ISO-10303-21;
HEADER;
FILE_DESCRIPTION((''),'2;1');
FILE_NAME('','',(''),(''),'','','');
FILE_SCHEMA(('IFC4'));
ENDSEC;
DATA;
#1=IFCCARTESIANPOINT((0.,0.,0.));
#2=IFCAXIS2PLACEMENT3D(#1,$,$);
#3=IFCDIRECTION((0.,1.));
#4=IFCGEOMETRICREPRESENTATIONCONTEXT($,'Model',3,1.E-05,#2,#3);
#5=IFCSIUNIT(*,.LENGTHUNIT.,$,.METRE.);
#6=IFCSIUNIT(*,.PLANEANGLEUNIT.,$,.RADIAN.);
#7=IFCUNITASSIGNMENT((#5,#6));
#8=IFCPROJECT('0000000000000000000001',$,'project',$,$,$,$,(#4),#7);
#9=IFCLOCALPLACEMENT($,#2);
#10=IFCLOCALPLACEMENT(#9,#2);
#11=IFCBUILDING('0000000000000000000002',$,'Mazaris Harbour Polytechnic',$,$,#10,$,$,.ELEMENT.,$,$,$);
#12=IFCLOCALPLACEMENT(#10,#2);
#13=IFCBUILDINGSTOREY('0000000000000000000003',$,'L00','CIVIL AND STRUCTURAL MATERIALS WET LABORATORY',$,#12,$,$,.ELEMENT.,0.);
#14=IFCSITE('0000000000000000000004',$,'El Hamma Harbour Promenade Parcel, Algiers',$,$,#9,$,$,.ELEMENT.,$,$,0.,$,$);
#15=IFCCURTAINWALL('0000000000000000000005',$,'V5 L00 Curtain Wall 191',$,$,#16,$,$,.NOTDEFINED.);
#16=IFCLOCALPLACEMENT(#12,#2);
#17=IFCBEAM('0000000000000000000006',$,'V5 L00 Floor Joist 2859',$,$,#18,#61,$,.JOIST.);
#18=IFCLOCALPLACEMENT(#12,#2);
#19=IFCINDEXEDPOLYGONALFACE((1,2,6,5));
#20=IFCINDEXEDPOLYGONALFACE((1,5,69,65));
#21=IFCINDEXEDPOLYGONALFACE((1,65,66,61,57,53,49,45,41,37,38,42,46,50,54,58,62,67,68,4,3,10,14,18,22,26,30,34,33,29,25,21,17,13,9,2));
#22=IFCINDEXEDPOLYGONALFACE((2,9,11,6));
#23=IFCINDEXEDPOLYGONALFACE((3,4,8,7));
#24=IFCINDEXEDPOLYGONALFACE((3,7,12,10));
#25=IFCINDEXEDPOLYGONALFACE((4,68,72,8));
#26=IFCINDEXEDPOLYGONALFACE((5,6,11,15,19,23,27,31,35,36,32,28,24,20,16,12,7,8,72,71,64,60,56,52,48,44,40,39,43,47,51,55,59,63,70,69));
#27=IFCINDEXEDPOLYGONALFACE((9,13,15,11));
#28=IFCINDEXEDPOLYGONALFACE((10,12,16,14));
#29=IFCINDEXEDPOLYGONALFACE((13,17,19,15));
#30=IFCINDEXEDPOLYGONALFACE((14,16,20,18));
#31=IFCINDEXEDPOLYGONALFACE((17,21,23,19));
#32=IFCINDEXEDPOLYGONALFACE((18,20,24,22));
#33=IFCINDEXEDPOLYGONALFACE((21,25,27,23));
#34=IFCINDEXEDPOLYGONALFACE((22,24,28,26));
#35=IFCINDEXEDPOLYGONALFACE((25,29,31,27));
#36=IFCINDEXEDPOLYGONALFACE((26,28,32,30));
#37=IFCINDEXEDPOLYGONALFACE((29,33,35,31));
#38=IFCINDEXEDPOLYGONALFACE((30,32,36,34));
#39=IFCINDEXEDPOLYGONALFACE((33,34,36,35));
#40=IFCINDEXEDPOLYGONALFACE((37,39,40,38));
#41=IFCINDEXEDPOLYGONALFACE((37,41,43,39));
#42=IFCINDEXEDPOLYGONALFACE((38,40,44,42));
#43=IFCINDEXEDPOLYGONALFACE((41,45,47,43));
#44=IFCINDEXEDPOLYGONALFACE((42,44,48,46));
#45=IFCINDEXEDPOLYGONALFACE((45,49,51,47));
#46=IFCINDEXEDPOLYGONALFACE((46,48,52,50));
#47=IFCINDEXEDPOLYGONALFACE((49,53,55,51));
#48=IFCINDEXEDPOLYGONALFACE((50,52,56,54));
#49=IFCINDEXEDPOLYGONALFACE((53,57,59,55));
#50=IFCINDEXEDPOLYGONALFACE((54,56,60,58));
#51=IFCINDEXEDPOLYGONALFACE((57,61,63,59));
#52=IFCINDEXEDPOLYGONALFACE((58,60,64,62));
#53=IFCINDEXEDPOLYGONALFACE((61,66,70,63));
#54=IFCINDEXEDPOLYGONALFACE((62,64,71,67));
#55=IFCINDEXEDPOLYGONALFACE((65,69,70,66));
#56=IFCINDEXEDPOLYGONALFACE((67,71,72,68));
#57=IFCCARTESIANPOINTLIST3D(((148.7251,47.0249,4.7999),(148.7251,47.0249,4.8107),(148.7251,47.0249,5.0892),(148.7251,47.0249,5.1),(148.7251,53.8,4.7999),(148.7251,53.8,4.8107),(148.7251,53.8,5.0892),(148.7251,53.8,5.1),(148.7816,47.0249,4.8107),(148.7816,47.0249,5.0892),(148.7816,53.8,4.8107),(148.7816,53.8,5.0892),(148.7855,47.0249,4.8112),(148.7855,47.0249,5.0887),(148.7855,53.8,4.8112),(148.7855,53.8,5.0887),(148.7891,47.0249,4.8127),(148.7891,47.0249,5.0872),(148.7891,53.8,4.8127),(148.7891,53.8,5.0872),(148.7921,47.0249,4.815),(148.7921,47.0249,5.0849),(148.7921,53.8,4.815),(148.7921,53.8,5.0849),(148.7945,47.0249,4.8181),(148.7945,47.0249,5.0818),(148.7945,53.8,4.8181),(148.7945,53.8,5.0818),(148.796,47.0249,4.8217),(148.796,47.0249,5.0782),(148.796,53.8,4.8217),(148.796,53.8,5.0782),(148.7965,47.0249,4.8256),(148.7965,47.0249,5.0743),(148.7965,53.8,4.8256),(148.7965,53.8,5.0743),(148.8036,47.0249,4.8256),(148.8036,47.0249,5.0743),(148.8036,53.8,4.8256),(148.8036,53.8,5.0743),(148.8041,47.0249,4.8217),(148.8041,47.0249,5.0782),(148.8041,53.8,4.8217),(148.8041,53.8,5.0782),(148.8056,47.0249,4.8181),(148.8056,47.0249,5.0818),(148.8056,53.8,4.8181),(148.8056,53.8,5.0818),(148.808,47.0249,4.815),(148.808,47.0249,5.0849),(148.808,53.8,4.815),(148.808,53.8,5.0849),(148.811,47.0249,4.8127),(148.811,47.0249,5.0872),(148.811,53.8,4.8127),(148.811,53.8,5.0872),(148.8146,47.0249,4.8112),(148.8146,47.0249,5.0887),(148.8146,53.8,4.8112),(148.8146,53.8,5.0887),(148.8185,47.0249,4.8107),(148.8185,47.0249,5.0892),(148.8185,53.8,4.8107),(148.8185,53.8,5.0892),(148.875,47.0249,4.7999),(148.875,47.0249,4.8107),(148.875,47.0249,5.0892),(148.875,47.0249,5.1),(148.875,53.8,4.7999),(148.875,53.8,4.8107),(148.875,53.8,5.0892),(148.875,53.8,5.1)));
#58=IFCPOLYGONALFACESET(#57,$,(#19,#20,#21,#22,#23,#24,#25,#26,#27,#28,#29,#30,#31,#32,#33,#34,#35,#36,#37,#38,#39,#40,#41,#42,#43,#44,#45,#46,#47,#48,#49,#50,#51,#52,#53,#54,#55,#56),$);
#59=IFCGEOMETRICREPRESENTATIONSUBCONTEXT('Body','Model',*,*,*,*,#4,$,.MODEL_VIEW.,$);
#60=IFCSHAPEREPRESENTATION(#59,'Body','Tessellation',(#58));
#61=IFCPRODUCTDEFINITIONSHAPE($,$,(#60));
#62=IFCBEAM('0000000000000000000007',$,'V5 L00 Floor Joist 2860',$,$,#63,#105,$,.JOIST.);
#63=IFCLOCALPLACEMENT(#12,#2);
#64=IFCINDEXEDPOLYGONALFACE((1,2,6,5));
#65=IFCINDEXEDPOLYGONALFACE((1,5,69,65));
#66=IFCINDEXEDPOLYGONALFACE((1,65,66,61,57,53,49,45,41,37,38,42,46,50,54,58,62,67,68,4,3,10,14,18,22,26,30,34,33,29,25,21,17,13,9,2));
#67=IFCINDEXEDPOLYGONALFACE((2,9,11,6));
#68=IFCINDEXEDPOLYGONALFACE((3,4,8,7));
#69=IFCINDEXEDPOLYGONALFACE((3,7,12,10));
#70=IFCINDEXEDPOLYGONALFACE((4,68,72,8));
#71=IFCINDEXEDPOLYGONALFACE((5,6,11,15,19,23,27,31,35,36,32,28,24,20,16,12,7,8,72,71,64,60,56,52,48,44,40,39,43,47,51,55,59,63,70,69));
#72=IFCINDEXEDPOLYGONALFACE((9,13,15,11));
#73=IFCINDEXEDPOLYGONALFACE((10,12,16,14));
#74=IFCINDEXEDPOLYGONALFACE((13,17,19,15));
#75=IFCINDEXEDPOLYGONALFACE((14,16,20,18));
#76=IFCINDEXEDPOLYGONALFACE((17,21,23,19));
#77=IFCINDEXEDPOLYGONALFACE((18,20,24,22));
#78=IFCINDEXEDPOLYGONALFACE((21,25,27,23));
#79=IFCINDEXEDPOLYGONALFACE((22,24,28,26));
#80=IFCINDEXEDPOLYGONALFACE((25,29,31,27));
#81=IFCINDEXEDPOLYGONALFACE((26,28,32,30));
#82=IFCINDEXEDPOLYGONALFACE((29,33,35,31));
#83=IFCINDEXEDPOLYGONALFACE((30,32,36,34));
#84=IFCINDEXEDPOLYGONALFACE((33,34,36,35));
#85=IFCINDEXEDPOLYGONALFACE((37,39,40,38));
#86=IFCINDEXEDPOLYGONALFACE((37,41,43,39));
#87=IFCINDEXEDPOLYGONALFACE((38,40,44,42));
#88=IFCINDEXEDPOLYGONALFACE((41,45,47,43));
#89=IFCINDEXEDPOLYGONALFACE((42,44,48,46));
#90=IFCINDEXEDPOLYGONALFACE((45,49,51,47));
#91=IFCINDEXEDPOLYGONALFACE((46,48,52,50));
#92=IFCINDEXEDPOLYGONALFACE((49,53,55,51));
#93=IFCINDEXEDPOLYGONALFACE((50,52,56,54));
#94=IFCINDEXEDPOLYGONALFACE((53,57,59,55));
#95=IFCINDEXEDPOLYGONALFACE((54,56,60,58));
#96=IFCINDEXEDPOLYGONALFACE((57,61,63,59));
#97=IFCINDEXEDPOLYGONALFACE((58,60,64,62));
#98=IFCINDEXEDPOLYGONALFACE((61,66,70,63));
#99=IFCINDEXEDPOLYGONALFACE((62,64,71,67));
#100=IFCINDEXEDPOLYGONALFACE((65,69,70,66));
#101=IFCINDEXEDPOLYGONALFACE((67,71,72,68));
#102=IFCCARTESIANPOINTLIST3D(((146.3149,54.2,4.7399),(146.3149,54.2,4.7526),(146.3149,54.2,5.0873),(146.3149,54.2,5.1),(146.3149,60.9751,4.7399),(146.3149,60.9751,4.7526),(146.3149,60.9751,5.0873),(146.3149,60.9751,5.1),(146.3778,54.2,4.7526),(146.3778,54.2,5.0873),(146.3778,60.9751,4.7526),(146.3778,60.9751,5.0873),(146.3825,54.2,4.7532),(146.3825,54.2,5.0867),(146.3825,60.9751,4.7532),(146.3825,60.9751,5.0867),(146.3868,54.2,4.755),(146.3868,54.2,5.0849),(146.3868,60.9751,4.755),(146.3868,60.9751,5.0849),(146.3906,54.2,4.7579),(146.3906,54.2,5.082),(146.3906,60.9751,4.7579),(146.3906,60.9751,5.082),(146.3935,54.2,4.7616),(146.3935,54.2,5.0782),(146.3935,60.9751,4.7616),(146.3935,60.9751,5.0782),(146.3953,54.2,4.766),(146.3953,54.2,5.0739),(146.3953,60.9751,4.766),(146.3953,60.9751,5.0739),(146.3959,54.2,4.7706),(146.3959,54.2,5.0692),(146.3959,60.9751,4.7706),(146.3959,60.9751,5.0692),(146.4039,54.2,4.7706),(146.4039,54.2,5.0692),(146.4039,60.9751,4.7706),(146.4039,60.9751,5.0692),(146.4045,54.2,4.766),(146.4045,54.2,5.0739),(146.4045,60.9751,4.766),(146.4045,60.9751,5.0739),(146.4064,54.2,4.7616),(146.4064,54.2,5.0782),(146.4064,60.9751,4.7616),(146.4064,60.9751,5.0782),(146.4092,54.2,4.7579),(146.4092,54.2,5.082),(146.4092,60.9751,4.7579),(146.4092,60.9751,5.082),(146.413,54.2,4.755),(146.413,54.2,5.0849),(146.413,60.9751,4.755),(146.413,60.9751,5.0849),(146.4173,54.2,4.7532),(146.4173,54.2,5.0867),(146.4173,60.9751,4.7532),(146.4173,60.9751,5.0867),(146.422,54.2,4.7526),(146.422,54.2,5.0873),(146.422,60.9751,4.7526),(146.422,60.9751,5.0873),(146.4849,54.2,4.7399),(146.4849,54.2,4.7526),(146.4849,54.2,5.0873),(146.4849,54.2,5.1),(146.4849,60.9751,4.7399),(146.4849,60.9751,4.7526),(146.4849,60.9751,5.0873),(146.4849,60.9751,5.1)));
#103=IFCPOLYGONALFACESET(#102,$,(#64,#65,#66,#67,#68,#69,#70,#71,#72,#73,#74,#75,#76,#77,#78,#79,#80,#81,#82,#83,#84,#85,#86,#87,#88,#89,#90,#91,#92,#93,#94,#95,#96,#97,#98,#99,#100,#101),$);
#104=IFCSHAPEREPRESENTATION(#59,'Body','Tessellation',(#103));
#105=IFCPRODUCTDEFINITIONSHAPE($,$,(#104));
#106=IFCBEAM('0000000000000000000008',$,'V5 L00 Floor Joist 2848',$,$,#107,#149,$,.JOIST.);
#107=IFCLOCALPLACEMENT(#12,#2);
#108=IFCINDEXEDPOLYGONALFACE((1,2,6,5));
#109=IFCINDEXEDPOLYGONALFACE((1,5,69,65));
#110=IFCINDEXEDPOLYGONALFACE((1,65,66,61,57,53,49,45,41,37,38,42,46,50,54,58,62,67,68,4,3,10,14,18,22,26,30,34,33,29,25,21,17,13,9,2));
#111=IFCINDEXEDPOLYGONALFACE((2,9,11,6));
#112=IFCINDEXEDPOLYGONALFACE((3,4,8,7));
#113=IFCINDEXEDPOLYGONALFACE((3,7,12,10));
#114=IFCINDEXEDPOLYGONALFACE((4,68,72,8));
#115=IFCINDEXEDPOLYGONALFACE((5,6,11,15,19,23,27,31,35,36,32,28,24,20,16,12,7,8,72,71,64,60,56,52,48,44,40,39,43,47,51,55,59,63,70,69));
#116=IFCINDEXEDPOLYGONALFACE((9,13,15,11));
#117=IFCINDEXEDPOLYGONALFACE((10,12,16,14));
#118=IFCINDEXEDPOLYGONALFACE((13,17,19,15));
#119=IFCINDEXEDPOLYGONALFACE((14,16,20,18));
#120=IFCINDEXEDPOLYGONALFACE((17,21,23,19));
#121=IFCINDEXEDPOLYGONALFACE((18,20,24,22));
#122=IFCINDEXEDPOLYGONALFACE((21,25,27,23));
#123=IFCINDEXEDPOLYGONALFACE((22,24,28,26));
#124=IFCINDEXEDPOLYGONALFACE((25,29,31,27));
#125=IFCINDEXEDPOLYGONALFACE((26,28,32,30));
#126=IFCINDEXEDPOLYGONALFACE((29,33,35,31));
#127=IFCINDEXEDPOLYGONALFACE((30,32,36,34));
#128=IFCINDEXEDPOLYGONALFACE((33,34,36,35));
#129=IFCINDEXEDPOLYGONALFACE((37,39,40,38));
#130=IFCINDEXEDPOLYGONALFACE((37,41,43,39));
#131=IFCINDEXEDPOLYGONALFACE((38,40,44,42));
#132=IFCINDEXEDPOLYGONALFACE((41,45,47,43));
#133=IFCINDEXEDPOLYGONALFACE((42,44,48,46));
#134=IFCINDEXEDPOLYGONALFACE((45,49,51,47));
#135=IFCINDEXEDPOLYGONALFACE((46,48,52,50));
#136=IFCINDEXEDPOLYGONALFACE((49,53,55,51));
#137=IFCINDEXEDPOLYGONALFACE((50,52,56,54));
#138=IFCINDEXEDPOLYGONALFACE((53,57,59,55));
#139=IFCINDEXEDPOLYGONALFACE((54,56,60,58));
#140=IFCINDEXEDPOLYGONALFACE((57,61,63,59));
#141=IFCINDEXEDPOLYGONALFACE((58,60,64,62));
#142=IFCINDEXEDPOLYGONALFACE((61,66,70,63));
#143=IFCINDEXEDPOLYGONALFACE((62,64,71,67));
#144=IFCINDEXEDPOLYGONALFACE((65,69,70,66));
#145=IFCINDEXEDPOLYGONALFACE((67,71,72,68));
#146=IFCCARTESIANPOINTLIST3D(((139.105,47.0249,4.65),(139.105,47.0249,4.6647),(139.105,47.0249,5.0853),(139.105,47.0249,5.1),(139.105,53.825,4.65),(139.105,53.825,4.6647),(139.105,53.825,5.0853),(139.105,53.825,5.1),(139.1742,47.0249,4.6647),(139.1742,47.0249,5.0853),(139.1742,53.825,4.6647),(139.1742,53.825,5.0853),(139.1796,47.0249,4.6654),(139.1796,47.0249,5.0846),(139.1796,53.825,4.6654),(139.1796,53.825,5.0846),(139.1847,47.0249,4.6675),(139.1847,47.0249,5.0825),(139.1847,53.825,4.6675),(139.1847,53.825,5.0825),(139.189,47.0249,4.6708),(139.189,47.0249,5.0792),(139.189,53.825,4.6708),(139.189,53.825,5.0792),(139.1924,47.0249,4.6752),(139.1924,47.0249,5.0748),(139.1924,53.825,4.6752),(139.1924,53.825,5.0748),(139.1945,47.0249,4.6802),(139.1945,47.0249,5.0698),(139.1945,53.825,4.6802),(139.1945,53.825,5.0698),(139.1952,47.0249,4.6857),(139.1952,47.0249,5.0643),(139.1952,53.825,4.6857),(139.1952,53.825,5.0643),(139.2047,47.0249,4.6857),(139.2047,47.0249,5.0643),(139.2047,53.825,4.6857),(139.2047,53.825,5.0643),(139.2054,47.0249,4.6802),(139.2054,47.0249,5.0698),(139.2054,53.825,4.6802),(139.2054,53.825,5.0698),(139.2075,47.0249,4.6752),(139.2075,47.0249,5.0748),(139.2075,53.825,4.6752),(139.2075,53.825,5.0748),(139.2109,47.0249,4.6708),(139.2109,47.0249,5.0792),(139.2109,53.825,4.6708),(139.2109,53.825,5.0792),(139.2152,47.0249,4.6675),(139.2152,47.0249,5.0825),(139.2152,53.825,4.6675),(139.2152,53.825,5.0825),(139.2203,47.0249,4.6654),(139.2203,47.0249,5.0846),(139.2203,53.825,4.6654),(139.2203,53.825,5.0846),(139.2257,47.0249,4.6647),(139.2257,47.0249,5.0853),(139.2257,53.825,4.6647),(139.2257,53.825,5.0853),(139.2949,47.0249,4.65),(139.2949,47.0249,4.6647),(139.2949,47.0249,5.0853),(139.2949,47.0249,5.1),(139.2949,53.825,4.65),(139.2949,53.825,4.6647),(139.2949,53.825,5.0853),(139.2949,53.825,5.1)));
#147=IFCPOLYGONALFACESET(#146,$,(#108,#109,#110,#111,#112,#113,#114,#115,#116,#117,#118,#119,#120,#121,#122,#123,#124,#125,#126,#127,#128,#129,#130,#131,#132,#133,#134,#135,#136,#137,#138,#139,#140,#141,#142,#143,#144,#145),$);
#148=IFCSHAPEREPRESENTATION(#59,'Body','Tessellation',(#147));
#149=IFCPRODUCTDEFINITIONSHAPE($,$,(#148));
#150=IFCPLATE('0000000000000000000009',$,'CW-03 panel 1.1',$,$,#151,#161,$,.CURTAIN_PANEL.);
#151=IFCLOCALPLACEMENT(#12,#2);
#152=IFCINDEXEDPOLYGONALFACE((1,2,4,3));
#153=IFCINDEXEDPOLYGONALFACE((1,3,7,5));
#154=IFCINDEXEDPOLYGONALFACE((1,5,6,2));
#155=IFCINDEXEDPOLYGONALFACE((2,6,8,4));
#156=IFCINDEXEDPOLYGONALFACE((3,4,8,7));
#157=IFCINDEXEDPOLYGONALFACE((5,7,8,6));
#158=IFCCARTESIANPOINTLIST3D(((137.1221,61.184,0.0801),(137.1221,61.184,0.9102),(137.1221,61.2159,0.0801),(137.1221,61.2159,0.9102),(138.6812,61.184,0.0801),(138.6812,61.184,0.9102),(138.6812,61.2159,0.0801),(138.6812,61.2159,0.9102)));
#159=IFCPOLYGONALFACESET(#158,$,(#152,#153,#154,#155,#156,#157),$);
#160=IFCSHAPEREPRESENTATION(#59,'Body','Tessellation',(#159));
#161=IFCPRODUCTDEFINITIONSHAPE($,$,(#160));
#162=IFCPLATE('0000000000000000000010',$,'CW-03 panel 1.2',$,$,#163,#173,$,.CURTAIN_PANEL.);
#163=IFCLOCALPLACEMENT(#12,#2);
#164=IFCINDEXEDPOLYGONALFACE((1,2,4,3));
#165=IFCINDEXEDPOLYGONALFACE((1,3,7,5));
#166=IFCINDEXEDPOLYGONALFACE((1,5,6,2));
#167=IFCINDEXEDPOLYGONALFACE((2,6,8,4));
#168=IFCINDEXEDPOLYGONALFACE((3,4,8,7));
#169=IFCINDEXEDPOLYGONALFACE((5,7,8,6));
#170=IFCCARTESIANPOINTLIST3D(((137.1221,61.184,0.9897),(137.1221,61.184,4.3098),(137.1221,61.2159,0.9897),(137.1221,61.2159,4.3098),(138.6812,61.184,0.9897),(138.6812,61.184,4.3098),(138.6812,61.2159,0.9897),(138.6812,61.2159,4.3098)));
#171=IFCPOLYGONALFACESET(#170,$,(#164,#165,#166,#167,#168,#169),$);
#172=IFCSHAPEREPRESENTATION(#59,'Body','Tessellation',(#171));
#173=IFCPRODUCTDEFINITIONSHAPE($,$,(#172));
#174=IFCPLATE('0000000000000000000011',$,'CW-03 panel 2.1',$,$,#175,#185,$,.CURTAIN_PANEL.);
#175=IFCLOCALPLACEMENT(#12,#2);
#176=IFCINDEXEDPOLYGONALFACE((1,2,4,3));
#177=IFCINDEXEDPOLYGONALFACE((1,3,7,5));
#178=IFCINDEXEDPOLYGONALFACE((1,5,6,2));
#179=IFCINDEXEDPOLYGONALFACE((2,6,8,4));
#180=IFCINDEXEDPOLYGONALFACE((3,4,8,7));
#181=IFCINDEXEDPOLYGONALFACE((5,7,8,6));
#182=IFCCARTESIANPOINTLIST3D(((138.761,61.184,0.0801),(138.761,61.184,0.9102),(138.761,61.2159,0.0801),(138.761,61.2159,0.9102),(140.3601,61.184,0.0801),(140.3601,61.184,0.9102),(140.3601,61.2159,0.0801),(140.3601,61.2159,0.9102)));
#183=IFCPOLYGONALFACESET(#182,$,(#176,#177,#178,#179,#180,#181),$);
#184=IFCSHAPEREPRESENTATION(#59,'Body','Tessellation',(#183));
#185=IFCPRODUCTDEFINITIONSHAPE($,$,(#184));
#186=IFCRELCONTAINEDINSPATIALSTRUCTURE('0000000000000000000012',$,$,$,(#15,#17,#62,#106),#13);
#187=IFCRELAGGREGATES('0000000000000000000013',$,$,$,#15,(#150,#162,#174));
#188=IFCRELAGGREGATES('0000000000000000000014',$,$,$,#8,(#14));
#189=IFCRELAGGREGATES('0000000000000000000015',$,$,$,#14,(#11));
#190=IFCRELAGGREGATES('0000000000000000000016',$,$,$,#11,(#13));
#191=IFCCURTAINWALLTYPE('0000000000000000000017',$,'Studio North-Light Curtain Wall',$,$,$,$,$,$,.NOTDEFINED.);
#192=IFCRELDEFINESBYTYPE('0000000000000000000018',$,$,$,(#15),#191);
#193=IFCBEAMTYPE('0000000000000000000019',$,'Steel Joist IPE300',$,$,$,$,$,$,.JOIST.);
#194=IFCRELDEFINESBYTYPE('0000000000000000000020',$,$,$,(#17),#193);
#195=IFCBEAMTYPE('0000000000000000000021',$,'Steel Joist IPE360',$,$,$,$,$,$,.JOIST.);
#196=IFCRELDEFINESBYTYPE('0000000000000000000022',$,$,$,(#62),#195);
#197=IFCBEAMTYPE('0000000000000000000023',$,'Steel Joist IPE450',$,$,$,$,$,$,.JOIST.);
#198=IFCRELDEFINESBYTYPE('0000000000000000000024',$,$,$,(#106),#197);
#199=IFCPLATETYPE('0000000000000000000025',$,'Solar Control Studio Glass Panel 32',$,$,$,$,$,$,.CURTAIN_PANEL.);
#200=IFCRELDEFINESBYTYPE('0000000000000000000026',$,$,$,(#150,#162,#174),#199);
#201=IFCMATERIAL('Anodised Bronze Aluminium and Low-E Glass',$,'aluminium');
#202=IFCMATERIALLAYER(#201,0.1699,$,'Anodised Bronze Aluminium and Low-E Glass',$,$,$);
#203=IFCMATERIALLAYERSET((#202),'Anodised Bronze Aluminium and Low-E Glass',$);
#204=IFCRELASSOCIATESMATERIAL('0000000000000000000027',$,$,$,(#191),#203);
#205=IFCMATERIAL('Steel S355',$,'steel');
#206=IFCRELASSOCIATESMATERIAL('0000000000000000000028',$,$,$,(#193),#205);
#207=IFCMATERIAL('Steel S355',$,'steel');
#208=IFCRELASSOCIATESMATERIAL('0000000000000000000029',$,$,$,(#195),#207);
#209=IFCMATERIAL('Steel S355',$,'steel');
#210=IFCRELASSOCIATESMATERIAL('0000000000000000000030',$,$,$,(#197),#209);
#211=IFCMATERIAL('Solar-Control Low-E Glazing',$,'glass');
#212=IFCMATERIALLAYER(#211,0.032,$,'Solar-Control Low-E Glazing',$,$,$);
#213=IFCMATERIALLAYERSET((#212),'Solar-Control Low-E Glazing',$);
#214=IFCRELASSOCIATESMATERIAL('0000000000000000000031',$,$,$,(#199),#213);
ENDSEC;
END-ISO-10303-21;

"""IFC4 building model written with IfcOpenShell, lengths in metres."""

from ifc_helpers import new_model, si_unit, direction, frame, origin, origin_2d, place, context, subcontext, project, spatial, rectangle, i_section, extrude, material, layer, layer_set, material_profile, profile_set, type_object, element, aggregate, save


model = new_model("IFC4")

# Units and contexts
model_context = context("Model", 3, precision=1e-05, world=origin(), true_north=direction((0.0, 1.0)))
body_context = subcontext(model_context, "Body", "Model", "MODEL_VIEW")
ifc_project = project(units=[si_unit("LENGTHUNIT", "METRE"), si_unit("PLANEANGLEUNIT", "RADIAN")], contexts=[model_context])

# Site, building, storey
site_placement = place(None, origin())
site = spatial("IfcSite", under=ifc_project, at=site_placement, Name="El Hamma Harbour Promenade Parcel, Algiers", CompositionType="ELEMENT", RefElevation=0.0)
building_placement = place(site_placement, origin())
building = spatial("IfcBuilding", under=site, at=building_placement, Name="Mazaris Harbour Polytechnic", CompositionType="ELEMENT")
storey_placement = place(building_placement, origin())
storey = spatial("IfcBuildingStorey", under=building, at=storey_placement, Name="L00", Description="CIVIL AND STRUCTURAL MATERIALS WET LABORATORY", CompositionType="ELEMENT", Elevation=0.0)

# Curtain wall
ifc_material_1 = material(Name="Anodised Bronze Aluminium and Low-E Glass", Category="aluminium")
ifc_layer_1 = layer(ifc_material_1, 0.1699, Name="Anodised Bronze Aluminium and Low-E Glass")
ifc_layer_set_1 = layer_set([ifc_layer_1], Name="Anodised Bronze Aluminium and Low-E Glass")
curtain_wall_type = type_object("IfcCurtainWallType", Name="Studio North-Light Curtain Wall", PredefinedType="NOTDEFINED", material=ifc_layer_set_1)
curtain_wall_placement = place(storey_placement, origin())
curtain_wall = element("IfcCurtainWall", 1, at=curtain_wall_placement, inside=storey, type_object=curtain_wall_type, Name="V5 L00 Curtain Wall 191", PredefinedType="NOTDEFINED")

# Beams
ifc_material_2 = material(Name="Steel S355", Category="steel")
ifc_material_profile_1 = material_profile(ifc_material_2, i_section(OverallWidth=0.1499, OverallDepth=0.3, WebThickness=0.0071, FlangeThickness=0.0107, FilletRadius=0.0149, at=origin_2d()), Name="IPE 300")
ifc_profile_set_1 = profile_set([ifc_material_profile_1], Name="Steel S355")
beam_type_1 = type_object("IfcBeamType", Name="Steel Joist IPE300", PredefinedType="JOIST", material=ifc_profile_set_1)
beam_1_placement = place(storey_placement, frame((148.8, 47.0249, 4.95), z_axis=(0.0, 1.0, 0.0), x_axis=(-1.0, 0.0, 0.0)))
element("IfcBeam", 2, at=beam_1_placement, inside=storey, type_object=beam_type_1, Name="V5 L00 Floor Joist 2859", PredefinedType="JOIST", context=body_context, shape_type="SweptSolid", body=[
    extrude(i_section(OverallWidth=0.1499, OverallDepth=0.3, WebThickness=0.0071, FlangeThickness=0.0107, FilletRadius=0.0149, at=origin_2d()), origin(), (0.0, 0.0, 1.0), 6.7751),
])
ifc_material_3 = material(Name="Steel S355", Category="steel")
ifc_material_profile_2 = material_profile(ifc_material_3, i_section(OverallWidth=0.1699, OverallDepth=0.3601, WebThickness=0.0081, FlangeThickness=0.0127, FilletRadius=0.0181, at=origin_2d()), Name="IPE 360")
ifc_profile_set_2 = profile_set([ifc_material_profile_2], Name="Steel S355")
beam_type_2 = type_object("IfcBeamType", Name="Steel Joist IPE360", PredefinedType="JOIST", material=ifc_profile_set_2)
beam_2_placement = place(storey_placement, frame((146.3999, 54.2, 4.9199), z_axis=(0.0, 1.0, 0.0), x_axis=(-1.0, 0.0, 0.0)))
element("IfcBeam", 3, at=beam_2_placement, inside=storey, type_object=beam_type_2, Name="V5 L00 Floor Joist 2860", PredefinedType="JOIST", context=body_context, shape_type="SweptSolid", body=[
    extrude(i_section(OverallWidth=0.1699, OverallDepth=0.3601, WebThickness=0.0081, FlangeThickness=0.0127, FilletRadius=0.0181, at=origin_2d()), origin(), (0.0, 0.0, 1.0), 6.7751),
])
ifc_material_4 = material(Name="Steel S355", Category="steel")
ifc_material_profile_3 = material_profile(ifc_material_4, i_section(OverallWidth=0.1899, OverallDepth=0.45, WebThickness=0.0095, FlangeThickness=0.0146, FilletRadius=0.021, at=origin_2d()), Name="IPE 450")
ifc_profile_set_3 = profile_set([ifc_material_profile_3], Name="Steel S355")
beam_type_3 = type_object("IfcBeamType", Name="Steel Joist IPE450", PredefinedType="JOIST", material=ifc_profile_set_3)
beam_3_placement = place(storey_placement, frame((139.2, 47.0249, 4.875), z_axis=(0.0, 1.0, 0.0), x_axis=(-1.0, 0.0, 0.0)))
element("IfcBeam", 4, at=beam_3_placement, inside=storey, type_object=beam_type_3, Name="V5 L00 Floor Joist 2848", PredefinedType="JOIST", context=body_context, shape_type="SweptSolid", body=[
    extrude(i_section(OverallWidth=0.1899, OverallDepth=0.45, WebThickness=0.0095, FlangeThickness=0.0146, FilletRadius=0.021, at=origin_2d()), origin(), (0.0, 0.0, 1.0), 6.8),
])

# Plates
ifc_material_5 = material(Name="Solar-Control Low-E Glazing", Category="glass")
ifc_layer_2 = layer(ifc_material_5, 0.032, Name="Solar-Control Low-E Glazing")
ifc_layer_set_2 = layer_set([ifc_layer_2], Name="Solar-Control Low-E Glazing")
plate_type = type_object("IfcPlateType", Name="Solar Control Studio Glass Panel 32", PredefinedType="CURTAIN_PANEL", material=ifc_layer_set_2)
plate_1_placement = place(storey_placement, frame((137.9016, 61.2, 0.0801), z_axis=(0.0, 0.0, 1.0), x_axis=(1.0, 0.0, 0.0)))
plate_1 = element("IfcPlate", 5, at=plate_1_placement, type_object=plate_type, Name="CW-03 panel 1.1", PredefinedType="CURTAIN_PANEL", context=body_context, shape_type="SweptSolid", body=[
    extrude(rectangle(XDim=1.5591, YDim=0.032, at=origin_2d()), origin(), (0.0, 0.0, 1.0), 0.8301),
])
plate_2_placement = place(storey_placement, frame((137.9016, 61.2, 0.9897), z_axis=(0.0, 0.0, 1.0), x_axis=(1.0, 0.0, 0.0)))
plate_2 = element("IfcPlate", 6, at=plate_2_placement, type_object=plate_type, Name="CW-03 panel 1.2", PredefinedType="CURTAIN_PANEL", context=body_context, shape_type="SweptSolid", body=[
    extrude(rectangle(XDim=1.5591, YDim=0.032, at=origin_2d()), origin(), (0.0, 0.0, 1.0), 3.3201),
])
plate_3_placement = place(storey_placement, frame((139.5605, 61.2, 0.0801), z_axis=(0.0, 0.0, 1.0), x_axis=(1.0, 0.0, 0.0)))
plate_3 = element("IfcPlate", 7, at=plate_3_placement, type_object=plate_type, Name="CW-03 panel 2.1", PredefinedType="CURTAIN_PANEL", context=body_context, shape_type="SweptSolid", body=[
    extrude(rectangle(XDim=1.5991, YDim=0.032, at=origin_2d()), origin(), (0.0, 0.0, 1.0), 0.8301),
])
aggregate(curtain_wall, [plate_1, plate_2, plate_3])

save(model, "model.ifc")
